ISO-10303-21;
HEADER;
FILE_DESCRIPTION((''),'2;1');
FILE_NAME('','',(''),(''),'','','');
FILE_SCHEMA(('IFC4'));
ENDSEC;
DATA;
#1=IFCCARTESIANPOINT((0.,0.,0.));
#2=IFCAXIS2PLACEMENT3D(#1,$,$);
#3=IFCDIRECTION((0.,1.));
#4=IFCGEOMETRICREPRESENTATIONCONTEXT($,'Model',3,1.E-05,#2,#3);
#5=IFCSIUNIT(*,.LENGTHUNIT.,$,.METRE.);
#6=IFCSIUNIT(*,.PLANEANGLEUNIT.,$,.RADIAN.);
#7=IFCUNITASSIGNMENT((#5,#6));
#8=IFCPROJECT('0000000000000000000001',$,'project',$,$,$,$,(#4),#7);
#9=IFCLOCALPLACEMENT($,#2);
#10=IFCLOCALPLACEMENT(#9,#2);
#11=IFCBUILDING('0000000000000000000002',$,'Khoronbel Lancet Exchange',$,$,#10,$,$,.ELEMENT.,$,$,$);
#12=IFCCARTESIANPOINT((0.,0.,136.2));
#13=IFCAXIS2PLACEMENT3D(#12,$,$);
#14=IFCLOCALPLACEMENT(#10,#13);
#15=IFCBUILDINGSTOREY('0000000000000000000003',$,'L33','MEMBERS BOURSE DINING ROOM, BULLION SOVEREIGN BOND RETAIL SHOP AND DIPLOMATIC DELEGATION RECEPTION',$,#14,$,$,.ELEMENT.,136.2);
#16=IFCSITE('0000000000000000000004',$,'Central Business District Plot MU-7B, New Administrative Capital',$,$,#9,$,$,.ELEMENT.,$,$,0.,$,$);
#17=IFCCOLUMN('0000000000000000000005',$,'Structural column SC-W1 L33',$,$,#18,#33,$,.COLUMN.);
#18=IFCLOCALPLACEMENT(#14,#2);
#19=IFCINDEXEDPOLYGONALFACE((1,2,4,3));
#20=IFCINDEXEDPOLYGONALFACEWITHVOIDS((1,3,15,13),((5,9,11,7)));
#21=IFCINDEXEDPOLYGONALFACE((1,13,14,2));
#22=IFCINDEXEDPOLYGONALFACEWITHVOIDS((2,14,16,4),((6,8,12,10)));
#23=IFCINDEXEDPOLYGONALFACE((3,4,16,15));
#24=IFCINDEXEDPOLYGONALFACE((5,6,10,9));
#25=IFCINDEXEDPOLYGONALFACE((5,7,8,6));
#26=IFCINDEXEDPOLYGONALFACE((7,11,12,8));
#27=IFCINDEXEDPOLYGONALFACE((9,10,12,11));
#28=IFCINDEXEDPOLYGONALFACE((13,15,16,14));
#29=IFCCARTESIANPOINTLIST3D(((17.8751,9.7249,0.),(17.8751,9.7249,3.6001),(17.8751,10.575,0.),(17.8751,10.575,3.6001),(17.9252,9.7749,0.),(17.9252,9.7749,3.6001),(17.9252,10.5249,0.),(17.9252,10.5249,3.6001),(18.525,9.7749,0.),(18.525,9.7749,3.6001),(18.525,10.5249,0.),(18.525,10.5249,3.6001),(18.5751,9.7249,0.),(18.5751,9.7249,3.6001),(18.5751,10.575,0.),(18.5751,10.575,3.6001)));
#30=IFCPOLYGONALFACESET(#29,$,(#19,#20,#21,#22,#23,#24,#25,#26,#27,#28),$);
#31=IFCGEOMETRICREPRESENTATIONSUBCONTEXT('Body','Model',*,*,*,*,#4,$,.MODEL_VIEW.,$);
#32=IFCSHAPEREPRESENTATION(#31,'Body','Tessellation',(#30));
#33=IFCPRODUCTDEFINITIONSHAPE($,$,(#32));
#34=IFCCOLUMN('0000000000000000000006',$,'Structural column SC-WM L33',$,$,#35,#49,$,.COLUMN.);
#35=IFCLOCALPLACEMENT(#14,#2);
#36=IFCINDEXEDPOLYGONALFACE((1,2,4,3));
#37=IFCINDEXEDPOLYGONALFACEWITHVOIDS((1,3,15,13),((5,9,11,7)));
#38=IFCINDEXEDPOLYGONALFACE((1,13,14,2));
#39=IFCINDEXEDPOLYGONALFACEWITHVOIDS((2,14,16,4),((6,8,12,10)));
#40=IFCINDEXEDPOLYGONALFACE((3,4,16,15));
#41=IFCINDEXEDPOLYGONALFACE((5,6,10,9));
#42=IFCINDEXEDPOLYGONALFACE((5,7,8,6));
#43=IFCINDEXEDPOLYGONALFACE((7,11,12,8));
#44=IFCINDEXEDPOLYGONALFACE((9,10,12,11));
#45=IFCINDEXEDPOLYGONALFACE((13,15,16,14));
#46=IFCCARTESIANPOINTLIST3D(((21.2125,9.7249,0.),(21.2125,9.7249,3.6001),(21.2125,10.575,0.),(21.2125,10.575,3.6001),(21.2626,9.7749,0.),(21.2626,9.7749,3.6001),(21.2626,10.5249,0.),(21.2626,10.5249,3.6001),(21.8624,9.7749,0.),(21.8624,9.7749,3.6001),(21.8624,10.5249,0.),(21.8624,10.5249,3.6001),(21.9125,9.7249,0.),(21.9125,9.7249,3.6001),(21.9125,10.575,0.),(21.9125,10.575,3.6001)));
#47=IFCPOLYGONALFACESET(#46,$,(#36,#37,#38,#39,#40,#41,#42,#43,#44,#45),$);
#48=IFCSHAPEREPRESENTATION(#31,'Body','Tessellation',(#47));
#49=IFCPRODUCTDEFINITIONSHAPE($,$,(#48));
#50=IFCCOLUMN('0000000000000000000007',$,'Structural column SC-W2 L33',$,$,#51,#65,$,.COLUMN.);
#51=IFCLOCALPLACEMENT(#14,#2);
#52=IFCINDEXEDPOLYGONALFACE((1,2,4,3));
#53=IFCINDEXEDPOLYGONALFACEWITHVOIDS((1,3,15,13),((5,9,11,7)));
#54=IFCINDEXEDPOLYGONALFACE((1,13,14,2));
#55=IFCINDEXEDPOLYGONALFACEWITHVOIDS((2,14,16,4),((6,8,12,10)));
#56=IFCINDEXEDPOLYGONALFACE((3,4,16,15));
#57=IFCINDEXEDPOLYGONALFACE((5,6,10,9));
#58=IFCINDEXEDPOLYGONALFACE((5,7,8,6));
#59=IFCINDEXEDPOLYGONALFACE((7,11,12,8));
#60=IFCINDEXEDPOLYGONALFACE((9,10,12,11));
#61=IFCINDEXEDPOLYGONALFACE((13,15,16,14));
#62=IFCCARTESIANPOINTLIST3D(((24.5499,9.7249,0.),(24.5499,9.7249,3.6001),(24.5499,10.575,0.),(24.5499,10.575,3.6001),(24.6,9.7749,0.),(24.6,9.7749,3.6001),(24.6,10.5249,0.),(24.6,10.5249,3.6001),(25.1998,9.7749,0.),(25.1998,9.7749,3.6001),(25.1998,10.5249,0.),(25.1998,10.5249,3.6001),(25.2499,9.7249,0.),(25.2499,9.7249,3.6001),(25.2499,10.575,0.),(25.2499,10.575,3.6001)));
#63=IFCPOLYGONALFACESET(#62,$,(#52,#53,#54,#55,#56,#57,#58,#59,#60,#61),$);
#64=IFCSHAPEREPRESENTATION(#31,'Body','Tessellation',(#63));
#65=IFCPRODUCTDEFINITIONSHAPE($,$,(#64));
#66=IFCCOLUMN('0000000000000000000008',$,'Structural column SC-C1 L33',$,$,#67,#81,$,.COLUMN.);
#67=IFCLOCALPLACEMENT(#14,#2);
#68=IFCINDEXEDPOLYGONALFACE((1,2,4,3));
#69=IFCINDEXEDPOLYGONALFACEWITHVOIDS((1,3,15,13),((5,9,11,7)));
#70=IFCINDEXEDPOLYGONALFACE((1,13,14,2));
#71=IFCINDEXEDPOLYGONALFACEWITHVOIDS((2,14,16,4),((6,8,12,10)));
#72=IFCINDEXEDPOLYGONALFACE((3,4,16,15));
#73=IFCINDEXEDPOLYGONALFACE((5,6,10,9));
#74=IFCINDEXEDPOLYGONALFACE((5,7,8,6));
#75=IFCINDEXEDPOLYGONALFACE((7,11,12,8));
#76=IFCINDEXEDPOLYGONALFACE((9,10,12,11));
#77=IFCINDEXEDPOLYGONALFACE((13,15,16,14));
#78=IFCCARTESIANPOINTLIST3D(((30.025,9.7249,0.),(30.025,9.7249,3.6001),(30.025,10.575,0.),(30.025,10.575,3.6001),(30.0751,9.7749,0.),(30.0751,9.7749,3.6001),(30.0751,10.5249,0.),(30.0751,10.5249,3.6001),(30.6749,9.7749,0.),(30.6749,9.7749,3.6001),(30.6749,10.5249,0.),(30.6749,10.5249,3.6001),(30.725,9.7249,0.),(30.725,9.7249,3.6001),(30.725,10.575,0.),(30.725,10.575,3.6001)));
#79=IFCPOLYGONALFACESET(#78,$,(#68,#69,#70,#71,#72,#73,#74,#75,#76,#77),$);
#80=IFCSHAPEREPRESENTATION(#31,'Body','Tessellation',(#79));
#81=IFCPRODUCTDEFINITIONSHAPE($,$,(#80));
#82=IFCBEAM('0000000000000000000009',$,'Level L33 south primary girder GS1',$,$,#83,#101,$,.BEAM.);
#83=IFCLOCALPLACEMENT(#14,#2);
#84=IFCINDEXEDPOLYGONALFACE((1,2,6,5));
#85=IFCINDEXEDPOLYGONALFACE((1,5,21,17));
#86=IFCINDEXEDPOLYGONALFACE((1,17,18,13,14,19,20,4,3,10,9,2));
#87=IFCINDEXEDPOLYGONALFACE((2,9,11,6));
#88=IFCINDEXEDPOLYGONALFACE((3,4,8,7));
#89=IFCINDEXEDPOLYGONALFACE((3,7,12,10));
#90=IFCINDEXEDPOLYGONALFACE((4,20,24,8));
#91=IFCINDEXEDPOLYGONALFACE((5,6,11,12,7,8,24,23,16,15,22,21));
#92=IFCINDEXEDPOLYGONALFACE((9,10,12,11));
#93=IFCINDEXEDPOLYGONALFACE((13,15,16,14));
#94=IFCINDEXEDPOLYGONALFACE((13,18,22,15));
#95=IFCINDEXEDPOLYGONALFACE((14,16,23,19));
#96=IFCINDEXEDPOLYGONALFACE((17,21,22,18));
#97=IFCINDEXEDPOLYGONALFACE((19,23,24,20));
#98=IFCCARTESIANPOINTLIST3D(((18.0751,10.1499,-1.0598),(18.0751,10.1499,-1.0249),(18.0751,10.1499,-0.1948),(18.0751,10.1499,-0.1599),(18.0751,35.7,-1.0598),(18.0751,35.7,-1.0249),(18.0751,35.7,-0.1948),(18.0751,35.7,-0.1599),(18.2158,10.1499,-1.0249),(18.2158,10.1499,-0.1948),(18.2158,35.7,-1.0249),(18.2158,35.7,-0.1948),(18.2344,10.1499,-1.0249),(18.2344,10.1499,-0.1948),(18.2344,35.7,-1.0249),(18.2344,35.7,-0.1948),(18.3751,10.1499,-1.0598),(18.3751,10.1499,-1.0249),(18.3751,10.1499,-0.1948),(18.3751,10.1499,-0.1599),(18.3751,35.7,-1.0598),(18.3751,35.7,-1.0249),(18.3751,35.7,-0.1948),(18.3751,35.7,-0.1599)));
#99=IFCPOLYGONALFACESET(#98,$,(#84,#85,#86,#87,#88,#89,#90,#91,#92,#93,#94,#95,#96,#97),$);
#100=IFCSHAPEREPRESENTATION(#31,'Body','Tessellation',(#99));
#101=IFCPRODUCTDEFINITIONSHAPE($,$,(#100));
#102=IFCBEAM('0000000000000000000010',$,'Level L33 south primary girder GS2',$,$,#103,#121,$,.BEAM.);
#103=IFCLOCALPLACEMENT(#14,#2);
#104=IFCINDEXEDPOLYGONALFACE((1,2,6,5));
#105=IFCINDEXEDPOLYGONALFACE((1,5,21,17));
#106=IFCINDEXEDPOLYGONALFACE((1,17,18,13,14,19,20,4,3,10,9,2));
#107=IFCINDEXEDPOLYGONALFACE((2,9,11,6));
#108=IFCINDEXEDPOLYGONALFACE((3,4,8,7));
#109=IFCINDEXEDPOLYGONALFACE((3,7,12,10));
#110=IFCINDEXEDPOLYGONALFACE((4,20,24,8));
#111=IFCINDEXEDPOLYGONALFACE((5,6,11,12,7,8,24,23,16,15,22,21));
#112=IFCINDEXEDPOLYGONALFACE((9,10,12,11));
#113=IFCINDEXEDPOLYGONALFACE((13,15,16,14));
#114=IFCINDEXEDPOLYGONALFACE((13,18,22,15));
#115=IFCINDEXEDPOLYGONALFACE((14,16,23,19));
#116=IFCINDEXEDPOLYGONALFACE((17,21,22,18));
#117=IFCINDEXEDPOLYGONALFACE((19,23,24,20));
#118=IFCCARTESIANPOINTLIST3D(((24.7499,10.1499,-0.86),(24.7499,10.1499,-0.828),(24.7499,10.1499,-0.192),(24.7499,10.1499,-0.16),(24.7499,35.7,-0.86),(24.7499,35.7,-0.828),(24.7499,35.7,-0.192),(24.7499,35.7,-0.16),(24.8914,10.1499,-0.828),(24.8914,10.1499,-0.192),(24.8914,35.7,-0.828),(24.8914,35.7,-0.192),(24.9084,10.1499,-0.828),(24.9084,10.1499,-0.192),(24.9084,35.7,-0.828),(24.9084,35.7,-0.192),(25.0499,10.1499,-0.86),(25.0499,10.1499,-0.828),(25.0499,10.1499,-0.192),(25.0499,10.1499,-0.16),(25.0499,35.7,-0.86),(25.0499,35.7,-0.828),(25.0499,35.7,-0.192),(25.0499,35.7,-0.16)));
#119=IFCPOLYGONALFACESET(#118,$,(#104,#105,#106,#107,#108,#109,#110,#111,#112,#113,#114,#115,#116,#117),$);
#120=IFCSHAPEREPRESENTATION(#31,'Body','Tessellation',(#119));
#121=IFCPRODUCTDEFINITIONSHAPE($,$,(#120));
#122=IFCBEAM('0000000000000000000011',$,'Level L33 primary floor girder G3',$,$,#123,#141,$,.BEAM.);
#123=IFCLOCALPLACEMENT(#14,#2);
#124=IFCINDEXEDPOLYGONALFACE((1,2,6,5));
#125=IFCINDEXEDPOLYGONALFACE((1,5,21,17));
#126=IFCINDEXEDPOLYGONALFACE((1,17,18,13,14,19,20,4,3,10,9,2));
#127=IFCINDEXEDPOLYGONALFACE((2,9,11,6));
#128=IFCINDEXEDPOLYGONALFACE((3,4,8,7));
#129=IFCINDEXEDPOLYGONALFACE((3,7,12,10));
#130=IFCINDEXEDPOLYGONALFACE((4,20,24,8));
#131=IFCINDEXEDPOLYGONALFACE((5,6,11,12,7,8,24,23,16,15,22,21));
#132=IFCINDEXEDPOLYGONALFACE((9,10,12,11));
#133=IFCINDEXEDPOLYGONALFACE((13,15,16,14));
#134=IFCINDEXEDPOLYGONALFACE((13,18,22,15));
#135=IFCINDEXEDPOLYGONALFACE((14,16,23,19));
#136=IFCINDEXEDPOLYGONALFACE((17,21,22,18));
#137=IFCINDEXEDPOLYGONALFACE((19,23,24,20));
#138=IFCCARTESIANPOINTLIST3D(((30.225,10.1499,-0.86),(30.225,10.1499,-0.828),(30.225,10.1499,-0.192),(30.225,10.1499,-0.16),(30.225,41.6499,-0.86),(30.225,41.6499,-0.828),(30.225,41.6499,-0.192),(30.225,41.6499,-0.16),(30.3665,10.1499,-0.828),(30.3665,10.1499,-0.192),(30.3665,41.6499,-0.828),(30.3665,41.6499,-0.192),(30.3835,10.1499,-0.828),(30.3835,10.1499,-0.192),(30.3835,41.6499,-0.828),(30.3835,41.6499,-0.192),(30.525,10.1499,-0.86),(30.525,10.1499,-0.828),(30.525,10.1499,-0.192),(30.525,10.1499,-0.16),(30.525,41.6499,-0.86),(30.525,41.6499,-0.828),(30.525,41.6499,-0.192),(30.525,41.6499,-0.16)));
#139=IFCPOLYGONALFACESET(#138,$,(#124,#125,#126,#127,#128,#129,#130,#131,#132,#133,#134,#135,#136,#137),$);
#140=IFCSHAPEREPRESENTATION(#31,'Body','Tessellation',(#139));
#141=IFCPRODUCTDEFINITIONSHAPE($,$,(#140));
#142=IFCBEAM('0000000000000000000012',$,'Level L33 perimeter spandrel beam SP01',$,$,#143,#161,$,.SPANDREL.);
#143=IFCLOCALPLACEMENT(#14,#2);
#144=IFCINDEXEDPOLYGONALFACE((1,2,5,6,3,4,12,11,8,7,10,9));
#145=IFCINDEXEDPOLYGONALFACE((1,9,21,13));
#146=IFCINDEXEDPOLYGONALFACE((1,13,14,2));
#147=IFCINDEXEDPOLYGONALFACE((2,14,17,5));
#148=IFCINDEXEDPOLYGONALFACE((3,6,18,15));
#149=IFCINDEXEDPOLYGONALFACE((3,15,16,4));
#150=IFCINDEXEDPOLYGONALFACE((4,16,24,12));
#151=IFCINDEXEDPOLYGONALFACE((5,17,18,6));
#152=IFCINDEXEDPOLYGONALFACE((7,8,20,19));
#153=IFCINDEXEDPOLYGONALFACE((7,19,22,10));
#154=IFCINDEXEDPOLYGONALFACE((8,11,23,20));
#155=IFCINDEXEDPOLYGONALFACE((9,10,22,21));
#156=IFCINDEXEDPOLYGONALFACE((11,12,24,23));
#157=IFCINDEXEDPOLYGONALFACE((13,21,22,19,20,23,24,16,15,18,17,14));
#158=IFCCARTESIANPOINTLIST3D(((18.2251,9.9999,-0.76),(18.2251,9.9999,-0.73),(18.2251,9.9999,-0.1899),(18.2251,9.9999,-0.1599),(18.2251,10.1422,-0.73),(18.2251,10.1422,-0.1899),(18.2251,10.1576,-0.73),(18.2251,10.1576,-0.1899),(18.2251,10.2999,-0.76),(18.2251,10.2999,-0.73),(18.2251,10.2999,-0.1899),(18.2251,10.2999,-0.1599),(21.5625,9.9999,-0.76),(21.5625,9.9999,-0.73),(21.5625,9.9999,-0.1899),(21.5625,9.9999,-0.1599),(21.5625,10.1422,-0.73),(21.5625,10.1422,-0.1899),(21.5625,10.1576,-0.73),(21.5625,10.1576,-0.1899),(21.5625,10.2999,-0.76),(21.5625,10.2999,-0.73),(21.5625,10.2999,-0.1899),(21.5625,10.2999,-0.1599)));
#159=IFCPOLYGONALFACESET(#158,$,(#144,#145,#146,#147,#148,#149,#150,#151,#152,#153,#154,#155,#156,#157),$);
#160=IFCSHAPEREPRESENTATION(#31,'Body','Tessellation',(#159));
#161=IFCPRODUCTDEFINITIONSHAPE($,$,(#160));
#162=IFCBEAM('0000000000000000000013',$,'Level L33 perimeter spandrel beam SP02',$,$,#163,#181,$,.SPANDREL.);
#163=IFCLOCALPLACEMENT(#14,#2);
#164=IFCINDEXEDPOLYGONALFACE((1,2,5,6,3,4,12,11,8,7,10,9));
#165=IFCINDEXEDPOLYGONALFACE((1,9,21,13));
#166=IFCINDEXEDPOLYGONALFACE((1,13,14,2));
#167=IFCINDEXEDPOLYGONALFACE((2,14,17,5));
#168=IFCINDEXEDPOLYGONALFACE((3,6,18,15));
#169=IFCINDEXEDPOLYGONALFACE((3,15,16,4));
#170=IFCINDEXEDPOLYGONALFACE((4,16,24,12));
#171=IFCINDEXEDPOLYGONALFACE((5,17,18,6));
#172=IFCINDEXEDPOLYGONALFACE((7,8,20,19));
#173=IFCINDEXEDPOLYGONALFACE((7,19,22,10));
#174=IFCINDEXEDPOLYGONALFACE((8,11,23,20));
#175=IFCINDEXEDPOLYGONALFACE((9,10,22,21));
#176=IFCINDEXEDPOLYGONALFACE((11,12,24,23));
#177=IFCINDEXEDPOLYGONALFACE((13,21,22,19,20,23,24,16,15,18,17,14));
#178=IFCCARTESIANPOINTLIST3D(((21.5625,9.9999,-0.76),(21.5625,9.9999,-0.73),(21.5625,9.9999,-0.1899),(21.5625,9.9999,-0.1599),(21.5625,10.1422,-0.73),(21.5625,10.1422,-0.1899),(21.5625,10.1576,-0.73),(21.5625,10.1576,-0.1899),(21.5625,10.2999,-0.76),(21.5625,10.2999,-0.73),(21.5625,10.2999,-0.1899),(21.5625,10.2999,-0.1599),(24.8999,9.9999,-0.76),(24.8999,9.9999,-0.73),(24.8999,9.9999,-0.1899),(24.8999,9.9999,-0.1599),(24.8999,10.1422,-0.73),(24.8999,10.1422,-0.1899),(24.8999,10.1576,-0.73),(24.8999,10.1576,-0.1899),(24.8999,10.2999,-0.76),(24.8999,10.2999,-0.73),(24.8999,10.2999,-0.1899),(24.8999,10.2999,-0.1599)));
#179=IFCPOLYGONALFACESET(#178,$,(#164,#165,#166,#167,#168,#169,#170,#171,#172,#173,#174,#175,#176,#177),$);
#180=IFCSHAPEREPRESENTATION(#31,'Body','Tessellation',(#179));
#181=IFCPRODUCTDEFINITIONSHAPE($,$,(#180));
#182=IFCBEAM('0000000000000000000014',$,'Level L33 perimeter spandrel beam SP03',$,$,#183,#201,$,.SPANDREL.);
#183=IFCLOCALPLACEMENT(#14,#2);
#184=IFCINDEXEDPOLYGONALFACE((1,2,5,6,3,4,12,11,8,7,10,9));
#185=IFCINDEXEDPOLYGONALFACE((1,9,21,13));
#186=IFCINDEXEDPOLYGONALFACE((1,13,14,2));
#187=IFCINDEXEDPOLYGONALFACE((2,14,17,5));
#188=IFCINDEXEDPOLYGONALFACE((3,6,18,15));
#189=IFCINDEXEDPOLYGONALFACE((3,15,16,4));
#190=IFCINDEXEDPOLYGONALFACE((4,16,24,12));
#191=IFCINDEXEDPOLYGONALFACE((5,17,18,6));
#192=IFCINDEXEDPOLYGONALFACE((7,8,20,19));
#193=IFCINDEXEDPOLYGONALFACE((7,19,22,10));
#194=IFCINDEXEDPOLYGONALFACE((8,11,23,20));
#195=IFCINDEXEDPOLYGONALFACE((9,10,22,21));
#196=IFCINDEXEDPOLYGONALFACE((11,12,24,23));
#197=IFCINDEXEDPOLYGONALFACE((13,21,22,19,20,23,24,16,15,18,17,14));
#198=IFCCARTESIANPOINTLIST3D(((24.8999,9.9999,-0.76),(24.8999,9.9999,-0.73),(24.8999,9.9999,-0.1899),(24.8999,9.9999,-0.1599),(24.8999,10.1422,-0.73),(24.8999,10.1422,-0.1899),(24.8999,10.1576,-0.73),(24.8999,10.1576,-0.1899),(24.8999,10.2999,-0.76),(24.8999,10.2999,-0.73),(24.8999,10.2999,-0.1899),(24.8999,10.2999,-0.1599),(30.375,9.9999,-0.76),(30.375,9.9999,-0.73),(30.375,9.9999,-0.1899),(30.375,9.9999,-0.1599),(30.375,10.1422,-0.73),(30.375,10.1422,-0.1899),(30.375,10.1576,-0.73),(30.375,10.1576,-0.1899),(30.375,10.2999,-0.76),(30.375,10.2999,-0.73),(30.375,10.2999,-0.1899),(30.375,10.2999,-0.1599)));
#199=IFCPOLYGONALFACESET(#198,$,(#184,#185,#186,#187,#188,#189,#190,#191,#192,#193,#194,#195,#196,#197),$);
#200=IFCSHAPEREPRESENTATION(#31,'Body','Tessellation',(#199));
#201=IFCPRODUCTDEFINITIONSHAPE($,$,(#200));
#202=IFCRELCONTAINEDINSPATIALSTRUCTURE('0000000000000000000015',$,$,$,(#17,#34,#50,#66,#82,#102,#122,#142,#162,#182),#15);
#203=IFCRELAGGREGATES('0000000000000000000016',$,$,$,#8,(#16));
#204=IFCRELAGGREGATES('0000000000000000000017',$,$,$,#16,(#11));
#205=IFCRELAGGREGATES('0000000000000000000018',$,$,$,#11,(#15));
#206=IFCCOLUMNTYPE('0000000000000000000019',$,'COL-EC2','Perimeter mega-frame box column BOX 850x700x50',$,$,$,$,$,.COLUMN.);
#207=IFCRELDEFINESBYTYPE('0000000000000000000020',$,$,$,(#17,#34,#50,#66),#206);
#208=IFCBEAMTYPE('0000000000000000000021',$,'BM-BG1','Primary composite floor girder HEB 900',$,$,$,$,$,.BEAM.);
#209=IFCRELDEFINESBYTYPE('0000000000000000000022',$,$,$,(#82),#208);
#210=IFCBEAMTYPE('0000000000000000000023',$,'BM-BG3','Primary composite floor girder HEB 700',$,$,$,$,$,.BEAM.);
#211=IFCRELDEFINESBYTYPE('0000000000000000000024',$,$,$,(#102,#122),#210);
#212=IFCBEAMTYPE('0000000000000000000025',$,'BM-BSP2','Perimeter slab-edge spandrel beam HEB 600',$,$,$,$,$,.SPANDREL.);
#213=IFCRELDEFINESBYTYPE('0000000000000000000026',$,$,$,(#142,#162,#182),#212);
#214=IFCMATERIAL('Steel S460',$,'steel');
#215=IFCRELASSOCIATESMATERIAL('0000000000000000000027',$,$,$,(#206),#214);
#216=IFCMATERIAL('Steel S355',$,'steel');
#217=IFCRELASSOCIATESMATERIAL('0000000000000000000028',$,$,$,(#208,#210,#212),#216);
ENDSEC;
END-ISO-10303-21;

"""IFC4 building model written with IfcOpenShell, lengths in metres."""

from ifc_helpers import new_model, si_unit, direction, frame, origin, origin_2d, place, context, subcontext, project, spatial, hollow_rectangle, i_section, extrude, material, material_profile, profile_set, type_object, element, save


model = new_model("IFC4")

# Units and contexts
model_context = context("Model", 3, precision=1e-05, world=origin(), true_north=direction((0.0, 1.0)))
body_context = subcontext(model_context, "Body", "Model", "MODEL_VIEW")
ifc_project = project(units=[si_unit("LENGTHUNIT", "METRE"), si_unit("PLANEANGLEUNIT", "RADIAN")], contexts=[model_context])

# Site, building, storey
site_placement = place(None, origin())
site = spatial("IfcSite", under=ifc_project, at=site_placement, Name="Central Business District Plot MU-7B, New Administrative Capital", CompositionType="ELEMENT", RefElevation=0.0)
building_placement = place(site_placement, origin())
building = spatial("IfcBuilding", under=site, at=building_placement, Name="Khoronbel Lancet Exchange", CompositionType="ELEMENT")
storey_placement = place(building_placement, frame((0.0, 0.0, 136.2)))
storey = spatial("IfcBuildingStorey", under=building, at=storey_placement, Name="L33", Description="MEMBERS BOURSE DINING ROOM, BULLION SOVEREIGN BOND RETAIL SHOP AND DIPLOMATIC DELEGATION RECEPTION", CompositionType="ELEMENT", Elevation=136.2)

# Columns
ifc_material_1 = material(Name="Steel S460", Category="steel")
ifc_material_profile_1 = material_profile(ifc_material_1, hollow_rectangle(XDim=0.7, YDim=0.8501, WallThickness=0.05, at=origin_2d()), Name="BOX 850x700x50")
ifc_profile_set_1 = profile_set([ifc_material_profile_1], Name="Steel S460")
column_type = type_object("IfcColumnType", Name="COL-EC2", Description="Perimeter mega-frame box column BOX 850x700x50", PredefinedType="COLUMN", material=ifc_profile_set_1)
for number, where, z_axis, x_axis, name in (
    (1, (18.2251, 10.1499, 0.0), (0.0, 0.0, 1.0), (1.0, 0.0, 0.0), "Structural column SC-W1 L33"),
    (2, (21.5625, 10.1499, 0.0), (0.0, 0.0, 1.0), (1.0, 0.0, 0.0), "Structural column SC-WM L33"),
    (3, (24.8999, 10.1499, 0.0), (0.0, 0.0, 1.0), (1.0, 0.0, 0.0), "Structural column SC-W2 L33"),
    (4, (30.375, 10.1499, 0.0), (0.0, 0.0, 1.0), (1.0, 0.0, 0.0), "Structural column SC-C1 L33"),
):
    element("IfcColumn", number, at=place(storey_placement, frame(where, z_axis=z_axis, x_axis=x_axis)), inside=storey, type_object=column_type, Name=name, PredefinedType="COLUMN", context=body_context, shape_type="SweptSolid", body=[
        extrude(hollow_rectangle(XDim=0.7, YDim=0.8501, WallThickness=0.05, at=origin_2d()), origin(), (0.0, 0.0, 1.0), 3.6001),
    ])

# Beams
ifc_material_2 = material(Name="Steel S355", Category="steel")
ifc_material_profile_2 = material_profile(ifc_material_2, i_section(OverallWidth=0.3, OverallDepth=0.8999, WebThickness=0.0186, FlangeThickness=0.0349, at=origin_2d()), Name="HEB 900")
ifc_profile_set_2 = profile_set([ifc_material_profile_2], Name="Steel S355")
beam_type_1 = type_object("IfcBeamType", Name="BM-BG1", Description="Primary composite floor girder HEB 900", PredefinedType="BEAM", material=ifc_profile_set_2)
beam_1_placement = place(storey_placement, frame((18.2251, 10.1499, -0.6099), z_axis=(0.0, 1.0, 0.0), x_axis=(-1.0, 0.0, 0.0)))
element("IfcBeam", 5, at=beam_1_placement, inside=storey, type_object=beam_type_1, Name="Level L33 south primary girder GS1", PredefinedType="BEAM", context=body_context, shape_type="SweptSolid", body=[
    extrude(i_section(OverallWidth=0.3, OverallDepth=0.8999, WebThickness=0.0186, FlangeThickness=0.0349, at=origin_2d()), origin(), (0.0, 0.0, 1.0), 25.55),
])
ifc_material_profile_3 = material_profile(ifc_material_2, i_section(OverallWidth=0.3, OverallDepth=0.7, WebThickness=0.0171, FlangeThickness=0.032, at=origin_2d()), Name="HEB 700")
ifc_profile_set_3 = profile_set([ifc_material_profile_3], Name="Steel S355")
beam_type_2 = type_object("IfcBeamType", Name="BM-BG3", Description="Primary composite floor girder HEB 700", PredefinedType="BEAM", material=ifc_profile_set_3)
beam_2_placement = place(storey_placement, frame((24.8999, 10.1499, -0.51), z_axis=(0.0, 1.0, 0.0), x_axis=(-1.0, 0.0, 0.0)))
element("IfcBeam", 6, at=beam_2_placement, inside=storey, type_object=beam_type_2, Name="Level L33 south primary girder GS2", PredefinedType="BEAM", context=body_context, shape_type="SweptSolid", body=[
    extrude(i_section(OverallWidth=0.3, OverallDepth=0.7, WebThickness=0.0171, FlangeThickness=0.032, at=origin_2d()), origin(), (0.0, 0.0, 1.0), 25.55),
])
beam_3_placement = place(storey_placement, frame((30.375, 10.1499, -0.51), z_axis=(0.0, 1.0, 0.0), x_axis=(-1.0, 0.0, 0.0)))
element("IfcBeam", 7, at=beam_3_placement, inside=storey, type_object=beam_type_2, Name="Level L33 primary floor girder G3", PredefinedType="BEAM", context=body_context, shape_type="SweptSolid", body=[
    extrude(i_section(OverallWidth=0.3, OverallDepth=0.7, WebThickness=0.0171, FlangeThickness=0.032, at=origin_2d()), origin(), (0.0, 0.0, 1.0), 31.5),
])
ifc_material_profile_4 = material_profile(ifc_material_2, i_section(OverallWidth=0.3, OverallDepth=0.6001, WebThickness=0.0154, FlangeThickness=0.03, at=origin_2d()), Name="HEB 600")
ifc_profile_set_4 = profile_set([ifc_material_profile_4], Name="Steel S355")
beam_type_3 = type_object("IfcBeamType", Name="BM-BSP2", Description="Perimeter slab-edge spandrel beam HEB 600", PredefinedType="SPANDREL", material=ifc_profile_set_4)
for number, where, z_axis, x_axis, name in (
    (8, (18.2251, 10.1499, -0.46), (1.0, 0.0, 0.0), (0.0, 1.0, 0.0), "Level L33 perimeter spandrel beam SP01"),
    (9, (21.5625, 10.1499, -0.46), (1.0, 0.0, 0.0), (0.0, 1.0, 0.0), "Level L33 perimeter spandrel beam SP02"),
):
    element("IfcBeam", number, at=place(storey_placement, frame(where, z_axis=z_axis, x_axis=x_axis)), inside=storey, type_object=beam_type_3, Name=name, PredefinedType="SPANDREL", context=body_context, shape_type="SweptSolid", body=[
        extrude(i_section(OverallWidth=0.3, OverallDepth=0.6001, WebThickness=0.0154, FlangeThickness=0.03, at=origin_2d()), origin(), (0.0, 0.0, 1.0), 3.3374),
    ])
beam_4_placement = place(storey_placement, frame((24.8999, 10.1499, -0.46), z_axis=(1.0, 0.0, 0.0), x_axis=(0.0, 1.0, 0.0)))
element("IfcBeam", 10, at=beam_4_placement, inside=storey, type_object=beam_type_3, Name="Level L33 perimeter spandrel beam SP03", PredefinedType="SPANDREL", context=body_context, shape_type="SweptSolid", body=[
    extrude(i_section(OverallWidth=0.3, OverallDepth=0.6001, WebThickness=0.0154, FlangeThickness=0.03, at=origin_2d()), origin(), (0.0, 0.0, 1.0), 5.4751),
])

save(model, "model.ifc")
